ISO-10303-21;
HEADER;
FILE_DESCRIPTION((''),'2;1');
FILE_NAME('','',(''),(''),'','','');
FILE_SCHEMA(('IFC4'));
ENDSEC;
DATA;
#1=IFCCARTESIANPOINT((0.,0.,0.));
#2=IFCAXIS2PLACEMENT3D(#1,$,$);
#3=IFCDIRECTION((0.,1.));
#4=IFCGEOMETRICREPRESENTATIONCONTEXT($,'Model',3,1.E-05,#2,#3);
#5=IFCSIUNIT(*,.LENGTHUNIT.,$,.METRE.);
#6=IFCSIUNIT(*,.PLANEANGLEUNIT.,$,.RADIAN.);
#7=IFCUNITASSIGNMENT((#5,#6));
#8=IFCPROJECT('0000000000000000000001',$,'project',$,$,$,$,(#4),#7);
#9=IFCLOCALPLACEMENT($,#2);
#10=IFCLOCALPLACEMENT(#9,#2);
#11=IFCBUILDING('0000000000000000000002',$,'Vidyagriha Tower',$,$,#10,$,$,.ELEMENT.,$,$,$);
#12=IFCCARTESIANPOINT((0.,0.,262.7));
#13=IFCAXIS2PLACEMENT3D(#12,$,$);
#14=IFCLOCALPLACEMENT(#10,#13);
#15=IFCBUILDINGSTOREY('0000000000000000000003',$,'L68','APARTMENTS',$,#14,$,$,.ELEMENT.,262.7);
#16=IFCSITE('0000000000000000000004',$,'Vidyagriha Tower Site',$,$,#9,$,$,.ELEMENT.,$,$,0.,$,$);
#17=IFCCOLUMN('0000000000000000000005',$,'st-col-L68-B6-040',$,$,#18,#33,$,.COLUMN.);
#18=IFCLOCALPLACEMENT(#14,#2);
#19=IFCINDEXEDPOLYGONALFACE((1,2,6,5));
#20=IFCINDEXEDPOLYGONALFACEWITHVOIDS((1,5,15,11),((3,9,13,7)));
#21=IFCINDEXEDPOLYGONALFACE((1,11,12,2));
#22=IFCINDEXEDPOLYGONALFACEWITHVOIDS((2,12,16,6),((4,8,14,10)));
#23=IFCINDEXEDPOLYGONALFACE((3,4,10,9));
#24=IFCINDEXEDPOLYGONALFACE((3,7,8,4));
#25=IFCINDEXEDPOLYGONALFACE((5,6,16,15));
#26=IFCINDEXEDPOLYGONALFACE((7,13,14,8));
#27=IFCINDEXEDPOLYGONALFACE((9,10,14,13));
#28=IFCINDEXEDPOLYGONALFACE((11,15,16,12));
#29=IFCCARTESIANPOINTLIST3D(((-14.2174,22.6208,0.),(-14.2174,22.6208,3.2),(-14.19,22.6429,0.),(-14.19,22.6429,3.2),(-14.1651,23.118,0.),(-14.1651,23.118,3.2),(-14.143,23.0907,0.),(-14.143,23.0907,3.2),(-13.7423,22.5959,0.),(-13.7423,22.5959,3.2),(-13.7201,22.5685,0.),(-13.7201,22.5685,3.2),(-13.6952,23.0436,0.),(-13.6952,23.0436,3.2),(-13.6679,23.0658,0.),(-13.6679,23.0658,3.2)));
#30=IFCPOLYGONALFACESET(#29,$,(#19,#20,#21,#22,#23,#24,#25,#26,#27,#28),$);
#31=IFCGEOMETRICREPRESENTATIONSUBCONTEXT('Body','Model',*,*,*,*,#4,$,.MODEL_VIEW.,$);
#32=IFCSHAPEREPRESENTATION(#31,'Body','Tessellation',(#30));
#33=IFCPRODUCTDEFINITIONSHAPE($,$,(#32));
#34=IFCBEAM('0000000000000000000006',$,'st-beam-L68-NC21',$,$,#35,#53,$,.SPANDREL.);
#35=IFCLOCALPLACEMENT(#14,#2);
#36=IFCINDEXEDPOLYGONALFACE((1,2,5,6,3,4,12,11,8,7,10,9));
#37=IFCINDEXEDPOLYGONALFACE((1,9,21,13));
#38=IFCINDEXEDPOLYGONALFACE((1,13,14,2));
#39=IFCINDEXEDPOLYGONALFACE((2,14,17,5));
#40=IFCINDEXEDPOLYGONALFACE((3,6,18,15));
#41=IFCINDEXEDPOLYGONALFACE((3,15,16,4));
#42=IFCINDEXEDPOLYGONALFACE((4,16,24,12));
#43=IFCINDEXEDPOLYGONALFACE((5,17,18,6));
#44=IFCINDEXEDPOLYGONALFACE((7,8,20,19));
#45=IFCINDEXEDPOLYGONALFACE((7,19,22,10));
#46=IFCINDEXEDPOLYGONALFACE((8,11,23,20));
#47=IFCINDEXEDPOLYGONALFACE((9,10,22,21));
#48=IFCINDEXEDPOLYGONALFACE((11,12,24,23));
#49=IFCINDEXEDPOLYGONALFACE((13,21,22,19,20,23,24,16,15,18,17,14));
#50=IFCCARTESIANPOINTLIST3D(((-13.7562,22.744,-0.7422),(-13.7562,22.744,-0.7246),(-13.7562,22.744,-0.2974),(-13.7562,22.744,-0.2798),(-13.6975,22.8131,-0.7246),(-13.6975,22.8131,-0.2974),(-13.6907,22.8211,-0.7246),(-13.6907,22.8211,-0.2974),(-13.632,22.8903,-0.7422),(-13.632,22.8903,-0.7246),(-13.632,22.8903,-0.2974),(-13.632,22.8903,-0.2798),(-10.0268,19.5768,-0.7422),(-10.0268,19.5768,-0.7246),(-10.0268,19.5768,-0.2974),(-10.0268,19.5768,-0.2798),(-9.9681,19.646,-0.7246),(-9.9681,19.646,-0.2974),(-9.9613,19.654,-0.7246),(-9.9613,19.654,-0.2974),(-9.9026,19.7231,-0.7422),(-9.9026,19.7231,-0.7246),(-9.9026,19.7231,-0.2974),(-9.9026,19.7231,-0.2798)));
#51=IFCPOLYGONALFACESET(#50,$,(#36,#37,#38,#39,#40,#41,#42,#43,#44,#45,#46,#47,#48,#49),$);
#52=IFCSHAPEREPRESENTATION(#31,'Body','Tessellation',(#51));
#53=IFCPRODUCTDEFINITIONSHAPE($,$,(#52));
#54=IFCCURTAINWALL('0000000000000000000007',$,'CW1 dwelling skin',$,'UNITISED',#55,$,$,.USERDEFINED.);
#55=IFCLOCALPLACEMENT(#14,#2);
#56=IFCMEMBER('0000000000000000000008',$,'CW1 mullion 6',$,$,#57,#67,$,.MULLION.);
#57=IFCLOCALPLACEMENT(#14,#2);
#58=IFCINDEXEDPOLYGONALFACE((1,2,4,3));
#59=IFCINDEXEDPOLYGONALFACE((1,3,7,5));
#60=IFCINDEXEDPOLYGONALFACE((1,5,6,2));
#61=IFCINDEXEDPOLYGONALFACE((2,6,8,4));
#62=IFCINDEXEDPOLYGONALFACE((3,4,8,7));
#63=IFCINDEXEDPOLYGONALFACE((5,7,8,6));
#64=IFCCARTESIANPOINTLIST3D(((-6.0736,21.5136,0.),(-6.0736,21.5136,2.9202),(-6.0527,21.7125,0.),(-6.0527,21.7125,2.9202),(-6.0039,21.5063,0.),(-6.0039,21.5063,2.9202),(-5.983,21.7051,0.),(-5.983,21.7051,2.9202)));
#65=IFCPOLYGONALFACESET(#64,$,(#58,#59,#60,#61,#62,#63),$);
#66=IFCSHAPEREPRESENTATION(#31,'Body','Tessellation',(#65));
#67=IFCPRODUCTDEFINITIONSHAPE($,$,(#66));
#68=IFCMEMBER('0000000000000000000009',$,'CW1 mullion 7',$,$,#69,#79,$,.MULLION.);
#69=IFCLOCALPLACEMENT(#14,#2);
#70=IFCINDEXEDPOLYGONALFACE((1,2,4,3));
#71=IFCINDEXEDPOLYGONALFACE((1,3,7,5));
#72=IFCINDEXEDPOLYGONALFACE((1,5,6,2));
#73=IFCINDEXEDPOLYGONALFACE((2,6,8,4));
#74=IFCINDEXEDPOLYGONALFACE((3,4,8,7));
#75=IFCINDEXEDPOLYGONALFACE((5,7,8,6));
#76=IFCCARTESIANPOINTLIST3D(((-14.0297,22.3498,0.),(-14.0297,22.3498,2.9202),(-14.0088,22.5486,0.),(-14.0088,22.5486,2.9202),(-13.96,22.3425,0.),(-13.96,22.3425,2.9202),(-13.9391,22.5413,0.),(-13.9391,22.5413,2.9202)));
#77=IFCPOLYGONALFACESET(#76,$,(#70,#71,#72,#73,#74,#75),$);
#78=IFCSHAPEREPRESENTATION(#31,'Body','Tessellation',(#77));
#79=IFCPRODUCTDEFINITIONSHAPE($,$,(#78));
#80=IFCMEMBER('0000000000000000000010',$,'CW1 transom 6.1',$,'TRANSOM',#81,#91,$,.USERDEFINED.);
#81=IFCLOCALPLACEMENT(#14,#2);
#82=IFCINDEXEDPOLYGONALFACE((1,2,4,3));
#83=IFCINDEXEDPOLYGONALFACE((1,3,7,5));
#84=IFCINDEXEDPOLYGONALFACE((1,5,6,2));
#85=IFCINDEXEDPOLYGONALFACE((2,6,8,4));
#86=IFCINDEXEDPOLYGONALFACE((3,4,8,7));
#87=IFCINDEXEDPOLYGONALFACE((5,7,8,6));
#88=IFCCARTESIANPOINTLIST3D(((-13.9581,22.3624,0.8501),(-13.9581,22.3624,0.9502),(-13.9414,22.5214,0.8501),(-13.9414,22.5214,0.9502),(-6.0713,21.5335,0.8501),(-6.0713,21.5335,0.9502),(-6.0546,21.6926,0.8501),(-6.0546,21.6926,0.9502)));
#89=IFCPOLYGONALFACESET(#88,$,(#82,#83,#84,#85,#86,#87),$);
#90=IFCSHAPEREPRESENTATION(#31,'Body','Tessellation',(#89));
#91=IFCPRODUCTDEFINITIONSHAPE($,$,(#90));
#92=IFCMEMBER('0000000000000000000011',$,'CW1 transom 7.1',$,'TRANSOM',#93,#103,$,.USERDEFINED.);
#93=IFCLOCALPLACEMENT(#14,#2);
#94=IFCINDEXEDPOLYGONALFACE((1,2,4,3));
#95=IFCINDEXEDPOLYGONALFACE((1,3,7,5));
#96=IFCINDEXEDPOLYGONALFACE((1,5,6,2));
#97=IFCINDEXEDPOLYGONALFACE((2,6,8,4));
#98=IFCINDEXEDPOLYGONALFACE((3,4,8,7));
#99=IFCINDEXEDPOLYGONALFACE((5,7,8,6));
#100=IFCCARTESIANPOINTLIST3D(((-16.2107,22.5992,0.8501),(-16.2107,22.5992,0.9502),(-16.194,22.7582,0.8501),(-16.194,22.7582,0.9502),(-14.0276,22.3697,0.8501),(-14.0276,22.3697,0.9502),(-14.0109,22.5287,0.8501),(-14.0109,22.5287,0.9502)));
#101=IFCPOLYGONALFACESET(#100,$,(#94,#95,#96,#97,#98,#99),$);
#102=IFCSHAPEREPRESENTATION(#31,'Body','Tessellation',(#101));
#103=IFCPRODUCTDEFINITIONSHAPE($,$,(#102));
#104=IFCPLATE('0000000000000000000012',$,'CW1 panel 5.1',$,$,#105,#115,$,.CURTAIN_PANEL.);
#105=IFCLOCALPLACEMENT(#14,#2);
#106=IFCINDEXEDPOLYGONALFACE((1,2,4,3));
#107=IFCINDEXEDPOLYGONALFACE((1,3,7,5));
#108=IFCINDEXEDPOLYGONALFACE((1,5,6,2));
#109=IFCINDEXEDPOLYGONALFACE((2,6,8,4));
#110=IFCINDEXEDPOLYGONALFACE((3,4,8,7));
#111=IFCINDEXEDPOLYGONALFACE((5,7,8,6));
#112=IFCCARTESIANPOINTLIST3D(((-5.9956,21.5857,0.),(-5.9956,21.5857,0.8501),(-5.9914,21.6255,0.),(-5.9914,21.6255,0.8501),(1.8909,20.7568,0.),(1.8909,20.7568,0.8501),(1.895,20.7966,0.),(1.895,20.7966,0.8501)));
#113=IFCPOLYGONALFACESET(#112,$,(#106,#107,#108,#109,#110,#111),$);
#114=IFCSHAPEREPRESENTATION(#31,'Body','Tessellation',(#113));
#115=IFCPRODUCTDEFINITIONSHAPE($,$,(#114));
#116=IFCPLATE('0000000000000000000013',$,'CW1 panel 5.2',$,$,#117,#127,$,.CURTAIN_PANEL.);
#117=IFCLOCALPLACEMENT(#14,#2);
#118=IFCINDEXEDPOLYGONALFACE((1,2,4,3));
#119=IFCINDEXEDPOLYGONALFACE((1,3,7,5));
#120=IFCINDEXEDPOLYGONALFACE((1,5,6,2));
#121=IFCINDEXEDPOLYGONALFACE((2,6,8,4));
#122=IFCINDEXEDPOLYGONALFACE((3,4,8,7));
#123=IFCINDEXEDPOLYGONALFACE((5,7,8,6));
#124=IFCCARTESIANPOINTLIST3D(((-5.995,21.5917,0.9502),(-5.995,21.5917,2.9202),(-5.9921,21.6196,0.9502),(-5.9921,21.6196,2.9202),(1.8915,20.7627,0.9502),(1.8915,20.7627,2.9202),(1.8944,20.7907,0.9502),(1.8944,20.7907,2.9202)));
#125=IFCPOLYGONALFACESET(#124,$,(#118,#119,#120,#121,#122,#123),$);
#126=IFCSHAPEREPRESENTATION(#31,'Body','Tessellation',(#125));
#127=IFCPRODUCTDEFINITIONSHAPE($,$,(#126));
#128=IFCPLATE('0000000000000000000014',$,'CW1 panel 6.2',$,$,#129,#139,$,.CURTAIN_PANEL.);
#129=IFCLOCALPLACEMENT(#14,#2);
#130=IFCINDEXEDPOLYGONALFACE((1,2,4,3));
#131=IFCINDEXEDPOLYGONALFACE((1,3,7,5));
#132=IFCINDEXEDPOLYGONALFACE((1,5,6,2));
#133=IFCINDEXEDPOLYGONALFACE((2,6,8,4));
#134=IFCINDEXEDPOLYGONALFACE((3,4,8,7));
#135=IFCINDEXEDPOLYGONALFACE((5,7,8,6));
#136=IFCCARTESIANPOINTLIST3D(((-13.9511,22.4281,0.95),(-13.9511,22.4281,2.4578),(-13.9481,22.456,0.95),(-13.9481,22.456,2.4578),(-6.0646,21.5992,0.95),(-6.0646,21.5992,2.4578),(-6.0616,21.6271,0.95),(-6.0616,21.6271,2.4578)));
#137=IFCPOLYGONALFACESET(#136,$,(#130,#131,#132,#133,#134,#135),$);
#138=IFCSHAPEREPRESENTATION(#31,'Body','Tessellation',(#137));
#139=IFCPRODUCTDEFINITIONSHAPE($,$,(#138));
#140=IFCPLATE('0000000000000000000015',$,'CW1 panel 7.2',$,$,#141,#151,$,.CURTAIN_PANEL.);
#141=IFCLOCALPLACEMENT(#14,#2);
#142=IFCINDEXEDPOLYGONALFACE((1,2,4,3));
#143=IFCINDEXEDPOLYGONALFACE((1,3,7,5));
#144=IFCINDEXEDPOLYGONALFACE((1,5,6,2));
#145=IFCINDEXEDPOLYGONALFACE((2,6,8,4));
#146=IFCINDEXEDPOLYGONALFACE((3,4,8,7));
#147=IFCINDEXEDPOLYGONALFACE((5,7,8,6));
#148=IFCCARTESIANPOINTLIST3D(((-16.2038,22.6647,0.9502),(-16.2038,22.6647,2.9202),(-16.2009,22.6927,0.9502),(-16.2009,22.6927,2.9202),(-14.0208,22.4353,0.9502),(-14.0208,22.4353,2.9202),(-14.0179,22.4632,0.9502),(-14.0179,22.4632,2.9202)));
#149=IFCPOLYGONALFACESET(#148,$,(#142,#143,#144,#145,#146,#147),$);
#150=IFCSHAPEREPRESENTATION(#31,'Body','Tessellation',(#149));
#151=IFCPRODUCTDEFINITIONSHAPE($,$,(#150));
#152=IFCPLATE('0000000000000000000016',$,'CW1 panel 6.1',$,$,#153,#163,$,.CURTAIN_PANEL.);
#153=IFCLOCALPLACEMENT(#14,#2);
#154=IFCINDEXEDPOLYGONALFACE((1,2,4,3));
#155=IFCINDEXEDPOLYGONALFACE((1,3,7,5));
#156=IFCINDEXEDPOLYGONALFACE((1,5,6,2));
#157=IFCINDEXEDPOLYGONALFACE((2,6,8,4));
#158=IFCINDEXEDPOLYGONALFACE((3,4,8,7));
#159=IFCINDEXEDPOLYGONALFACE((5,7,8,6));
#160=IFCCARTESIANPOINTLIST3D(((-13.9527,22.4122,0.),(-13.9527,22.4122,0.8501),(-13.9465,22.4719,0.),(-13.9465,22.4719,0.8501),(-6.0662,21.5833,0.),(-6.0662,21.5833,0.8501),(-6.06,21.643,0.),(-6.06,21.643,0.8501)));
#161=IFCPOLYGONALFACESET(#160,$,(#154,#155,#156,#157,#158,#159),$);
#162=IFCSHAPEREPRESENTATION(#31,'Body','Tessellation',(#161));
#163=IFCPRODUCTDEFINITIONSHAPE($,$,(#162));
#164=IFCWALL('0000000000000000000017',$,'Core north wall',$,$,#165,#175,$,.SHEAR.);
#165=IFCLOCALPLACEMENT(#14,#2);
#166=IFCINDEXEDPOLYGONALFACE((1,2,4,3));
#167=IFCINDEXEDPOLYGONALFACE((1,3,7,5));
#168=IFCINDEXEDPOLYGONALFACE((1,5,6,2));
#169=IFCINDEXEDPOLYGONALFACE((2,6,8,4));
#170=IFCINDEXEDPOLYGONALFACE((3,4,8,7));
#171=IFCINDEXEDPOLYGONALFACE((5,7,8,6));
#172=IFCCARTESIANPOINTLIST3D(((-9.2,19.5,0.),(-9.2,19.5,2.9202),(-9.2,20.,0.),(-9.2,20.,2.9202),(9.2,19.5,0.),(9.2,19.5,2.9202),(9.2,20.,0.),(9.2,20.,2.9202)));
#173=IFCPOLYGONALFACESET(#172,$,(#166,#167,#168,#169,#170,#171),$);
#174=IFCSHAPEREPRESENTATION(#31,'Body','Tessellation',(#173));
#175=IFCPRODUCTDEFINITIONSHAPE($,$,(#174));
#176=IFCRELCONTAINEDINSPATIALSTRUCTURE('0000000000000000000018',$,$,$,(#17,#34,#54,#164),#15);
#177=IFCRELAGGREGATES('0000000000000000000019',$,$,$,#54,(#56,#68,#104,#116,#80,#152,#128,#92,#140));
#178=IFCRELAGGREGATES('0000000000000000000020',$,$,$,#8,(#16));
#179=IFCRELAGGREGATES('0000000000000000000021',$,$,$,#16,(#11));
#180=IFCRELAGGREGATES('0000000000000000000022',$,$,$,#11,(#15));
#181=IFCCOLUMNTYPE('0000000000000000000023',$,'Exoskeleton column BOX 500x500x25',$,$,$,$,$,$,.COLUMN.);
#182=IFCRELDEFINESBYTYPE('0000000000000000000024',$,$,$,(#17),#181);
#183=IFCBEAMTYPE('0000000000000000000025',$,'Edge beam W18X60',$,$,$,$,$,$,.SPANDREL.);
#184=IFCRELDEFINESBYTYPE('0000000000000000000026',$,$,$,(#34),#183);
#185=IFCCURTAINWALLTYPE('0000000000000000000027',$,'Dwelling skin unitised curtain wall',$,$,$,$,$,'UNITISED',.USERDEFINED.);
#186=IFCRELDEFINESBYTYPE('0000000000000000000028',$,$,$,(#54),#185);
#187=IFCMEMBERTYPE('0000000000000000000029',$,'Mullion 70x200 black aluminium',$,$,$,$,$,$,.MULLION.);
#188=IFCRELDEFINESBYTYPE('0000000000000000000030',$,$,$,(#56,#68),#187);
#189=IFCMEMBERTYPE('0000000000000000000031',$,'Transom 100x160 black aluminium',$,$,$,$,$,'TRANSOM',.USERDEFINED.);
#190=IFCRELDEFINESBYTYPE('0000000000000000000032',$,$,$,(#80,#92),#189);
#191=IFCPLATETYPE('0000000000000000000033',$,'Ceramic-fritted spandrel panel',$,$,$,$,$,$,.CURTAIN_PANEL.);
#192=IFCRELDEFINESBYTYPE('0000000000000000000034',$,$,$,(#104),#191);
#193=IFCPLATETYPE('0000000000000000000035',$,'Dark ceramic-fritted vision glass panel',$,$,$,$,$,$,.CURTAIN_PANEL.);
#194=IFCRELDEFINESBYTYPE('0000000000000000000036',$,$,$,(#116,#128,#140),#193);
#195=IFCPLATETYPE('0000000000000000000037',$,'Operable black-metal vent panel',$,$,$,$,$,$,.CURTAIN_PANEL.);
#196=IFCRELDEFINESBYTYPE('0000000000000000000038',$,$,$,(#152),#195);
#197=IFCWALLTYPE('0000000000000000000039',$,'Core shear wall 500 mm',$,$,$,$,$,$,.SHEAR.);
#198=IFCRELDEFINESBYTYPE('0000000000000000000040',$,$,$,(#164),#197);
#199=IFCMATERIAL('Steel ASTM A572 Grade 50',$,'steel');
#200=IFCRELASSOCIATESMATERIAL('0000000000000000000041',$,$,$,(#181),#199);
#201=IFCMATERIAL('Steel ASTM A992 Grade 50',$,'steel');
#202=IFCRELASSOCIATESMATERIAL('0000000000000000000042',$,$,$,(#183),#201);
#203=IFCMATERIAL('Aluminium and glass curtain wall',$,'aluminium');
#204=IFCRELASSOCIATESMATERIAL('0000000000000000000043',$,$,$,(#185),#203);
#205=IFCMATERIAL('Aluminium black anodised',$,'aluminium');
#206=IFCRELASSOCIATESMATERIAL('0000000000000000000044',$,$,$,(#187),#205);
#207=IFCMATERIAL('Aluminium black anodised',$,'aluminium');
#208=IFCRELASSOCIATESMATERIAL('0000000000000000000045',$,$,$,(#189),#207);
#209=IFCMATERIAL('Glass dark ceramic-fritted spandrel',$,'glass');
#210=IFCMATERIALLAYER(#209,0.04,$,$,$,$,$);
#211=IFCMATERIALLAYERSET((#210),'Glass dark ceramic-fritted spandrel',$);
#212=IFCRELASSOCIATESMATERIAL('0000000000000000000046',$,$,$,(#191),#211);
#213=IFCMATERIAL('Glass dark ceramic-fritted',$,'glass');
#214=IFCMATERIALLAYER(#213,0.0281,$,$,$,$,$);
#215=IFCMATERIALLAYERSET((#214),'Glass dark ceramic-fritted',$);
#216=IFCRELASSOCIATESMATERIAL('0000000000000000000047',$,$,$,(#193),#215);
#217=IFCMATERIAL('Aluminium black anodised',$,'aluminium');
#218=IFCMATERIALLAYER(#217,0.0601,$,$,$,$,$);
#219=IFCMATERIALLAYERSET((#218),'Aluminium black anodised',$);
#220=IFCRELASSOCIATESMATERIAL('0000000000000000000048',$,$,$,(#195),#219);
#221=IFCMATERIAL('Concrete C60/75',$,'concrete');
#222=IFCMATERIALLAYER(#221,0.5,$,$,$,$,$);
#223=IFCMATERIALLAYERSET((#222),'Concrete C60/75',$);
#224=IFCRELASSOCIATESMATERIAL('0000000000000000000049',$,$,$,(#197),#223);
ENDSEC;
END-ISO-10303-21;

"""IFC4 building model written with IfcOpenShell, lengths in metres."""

from ifc_helpers import new_model, si_unit, direction, frame, frame_2d, origin, origin_2d, place, context, subcontext, project, spatial, rectangle, hollow_rectangle, i_section, extrude, material, layer, layer_set, material_profile, profile_set, type_object, element, aggregate, save


model = new_model("IFC4")

# Units and contexts
model_context = context("Model", 3, precision=1e-05, world=origin(), true_north=direction((0.0, 1.0)))
body_context = subcontext(model_context, "Body", "Model", "MODEL_VIEW")
ifc_project = project(units=[si_unit("LENGTHUNIT", "METRE"), si_unit("PLANEANGLEUNIT", "RADIAN")], contexts=[model_context])

# Site, building, storey
site_placement = place(None, origin())
site = spatial("IfcSite", under=ifc_project, at=site_placement, Name="Vidyagriha Tower Site", CompositionType="ELEMENT", RefElevation=0.0)
building_placement = place(site_placement, origin())
building = spatial("IfcBuilding", under=site, at=building_placement, Name="Vidyagriha Tower", CompositionType="ELEMENT")
storey_placement = place(building_placement, frame((0.0, 0.0, 262.7)))
storey = spatial("IfcBuildingStorey", under=building, at=storey_placement, Name="L68", Description="APARTMENTS", CompositionType="ELEMENT", Elevation=262.7)

# Column
ifc_material_1 = material(Name="Steel ASTM A572 Grade 50", Category="steel")
ifc_material_profile_1 = material_profile(ifc_material_1, hollow_rectangle(XDim=0.5, YDim=0.5, WallThickness=0.0249, at=origin_2d()), Name="BOX 500x500x25")
ifc_profile_set_1 = profile_set([ifc_material_profile_1], Name="Steel ASTM A572 Grade 50")
column_type = type_object("IfcColumnType", Name="Exoskeleton column BOX 500x500x25", PredefinedType="COLUMN", material=ifc_profile_set_1)
column_placement = place(storey_placement, frame((-13.9426, 22.8433, 0.0), z_axis=(0.0, 0.0, 1.0), x_axis=(0.994522, -0.104528, 0.0)))
element("IfcColumn", 1, at=column_placement, inside=storey, type_object=column_type, Name="st-col-L68-B6-040", PredefinedType="COLUMN", context=body_context, shape_type="SweptSolid", body=[
    extrude(hollow_rectangle(XDim=0.5, YDim=0.5, WallThickness=0.0249, at=origin_2d()), origin(), (0.0, 0.0, 1.0), 3.2),
])

# Beam
ifc_material_2 = material(Name="Steel ASTM A992 Grade 50", Category="steel")
ifc_material_profile_2 = material_profile(ifc_material_2, i_section(OverallWidth=0.1919, OverallDepth=0.4624, WebThickness=0.0105, FlangeThickness=0.0176, at=origin_2d()), Name="W18X60")
ifc_profile_set_2 = profile_set([ifc_material_profile_2], Name="Steel ASTM A992 Grade 50")
beam_type = type_object("IfcBeamType", Name="Edge beam W18X60", PredefinedType="SPANDREL", material=ifc_profile_set_2)
beam_placement = place(storey_placement, frame((-13.6941, 22.8171, -0.511), z_axis=(0.762225, -0.647312, 0.0), x_axis=(0.647312, 0.762225, 0.0)))
element("IfcBeam", 2, at=beam_placement, inside=storey, type_object=beam_type, Name="st-beam-L68-NC21", PredefinedType="SPANDREL", context=body_context, shape_type="SweptSolid", body=[
    extrude(i_section(OverallWidth=0.1919, OverallDepth=0.4624, WebThickness=0.0105, FlangeThickness=0.0176, at=origin_2d()), origin(), (0.0, 0.0, 1.0), 4.8928),
])

# Curtain wall, members, plates
ifc_material_3 = material(Name="Aluminium and glass curtain wall", Category="aluminium")
curtain_wall_type = type_object("IfcCurtainWallType", Name="Dwelling skin unitised curtain wall", ElementType="UNITISED", PredefinedType="USERDEFINED", material=ifc_material_3)
curtain_wall_placement = place(storey_placement, origin())
curtain_wall = element("IfcCurtainWall", 3, at=curtain_wall_placement, inside=storey, type_object=curtain_wall_type, Name="CW1 dwelling skin", ObjectType="UNITISED", PredefinedType="USERDEFINED")
ifc_material_4 = material(Name="Aluminium black anodised", Category="aluminium")
ifc_material_profile_3 = material_profile(ifc_material_4, rectangle(XDim=0.2, YDim=0.0701, at=origin_2d()), Name="Mullion 70x200 black aluminium")
ifc_profile_set_3 = profile_set([ifc_material_profile_3], Name="Aluminium black anodised")
member_type_1 = type_object("IfcMemberType", Name="Mullion 70x200 black aluminium", PredefinedType="MULLION", material=ifc_profile_set_3)
member_1_placement = place(storey_placement, frame((-6.0283, 21.6094, 0.0), z_axis=(0.0, 0.0, 1.0), x_axis=(-0.104529, -0.994522, 0.0)))
member_1 = element("IfcMember", 4, at=member_1_placement, type_object=member_type_1, Name="CW1 mullion 6", PredefinedType="MULLION", context=body_context, shape_type="SweptSolid", body=[
    extrude(rectangle(XDim=0.2, YDim=0.0701, at=origin_2d()), origin(), (0.0, 0.0, 1.0), 2.9202),
])
member_2_placement = place(storey_placement, frame((-13.9844, 22.4456, 0.0), z_axis=(0.0, 0.0, 1.0), x_axis=(-0.104529, -0.994522, 0.0)))
member_2 = element("IfcMember", 5, at=member_2_placement, type_object=member_type_1, Name="CW1 mullion 7", PredefinedType="MULLION", context=body_context, shape_type="SweptSolid", body=[
    extrude(rectangle(XDim=0.2, YDim=0.0701, at=origin_2d()), origin(), (0.0, 0.0, 1.0), 2.9202),
])
ifc_material_5 = material(Name="Aluminium black anodised", Category="aluminium")
ifc_material_profile_4 = material_profile(ifc_material_5, rectangle(XDim=0.1599, YDim=0.1001, at=origin_2d()), Name="Transom 100x160 black aluminium")
ifc_profile_set_4 = profile_set([ifc_material_profile_4], Name="Aluminium black anodised")
member_type_2 = type_object("IfcMemberType", Name="Transom 100x160 black aluminium", ElementType="TRANSOM", PredefinedType="USERDEFINED", material=ifc_profile_set_4)
member_3_placement = place(storey_placement, frame((-6.063, 21.613, 0.9001), z_axis=(-0.994523, 0.10452, 0.0), x_axis=(-0.10452, -0.994523, 0.0)))
member_3 = element("IfcMember", 6, at=member_3_placement, type_object=member_type_2, Name="CW1 transom 6.1", ObjectType="TRANSOM", PredefinedType="USERDEFINED", context=body_context, shape_type="SweptSolid", body=[
    extrude(rectangle(XDim=0.1599, YDim=0.1001, at=origin_2d()), origin(), (0.0, 0.0, 1.0), 7.9302),
])
member_4_placement = place(storey_placement, frame((-14.0193, 22.4492, 0.9001), z_axis=(-0.99452, 0.104546, 0.0), x_axis=(-0.104546, -0.99452, 0.0)))
member_4 = element("IfcMember", 7, at=member_4_placement, type_object=member_type_2, Name="CW1 transom 7.1", ObjectType="TRANSOM", PredefinedType="USERDEFINED", context=body_context, shape_type="SweptSolid", body=[
    extrude(rectangle(XDim=0.1599, YDim=0.1001, at=origin_2d()), origin(), (0.0, 0.0, 1.0), 2.1951),
])
ifc_material_6 = material(Name="Glass dark ceramic-fritted spandrel", Category="glass")
ifc_layer_1 = layer(ifc_material_6, 0.04)
ifc_layer_set_1 = layer_set([ifc_layer_1], Name="Glass dark ceramic-fritted spandrel")
plate_type_1 = type_object("IfcPlateType", Name="Ceramic-fritted spandrel panel", PredefinedType="CURTAIN_PANEL", material=ifc_layer_set_1)
plate_1_placement = place(storey_placement, frame((-2.0503, 21.1912, 0.0), z_axis=(0.0, 0.0, 1.0), x_axis=(-0.994522, 0.104529, 0.0)))
plate_1 = element("IfcPlate", 8, at=plate_1_placement, type_object=plate_type_1, Name="CW1 panel 5.1", PredefinedType="CURTAIN_PANEL", context=body_context, shape_type="SweptSolid", body=[
    extrude(rectangle(XDim=7.9299, YDim=0.04, at=origin_2d()), origin(), (0.0, 0.0, 1.0), 0.8501),
])
ifc_material_7 = material(Name="Glass dark ceramic-fritted", Category="glass")
ifc_layer_2 = layer(ifc_material_7, 0.0281)
ifc_layer_set_2 = layer_set([ifc_layer_2], Name="Glass dark ceramic-fritted")
plate_type_2 = type_object("IfcPlateType", Name="Dark ceramic-fritted vision glass panel", PredefinedType="CURTAIN_PANEL", material=ifc_layer_set_2)
plate_2_placement = place(storey_placement, frame((-2.0503, 21.1912, 0.9502), z_axis=(0.0, 0.0, 1.0), x_axis=(-0.994522, 0.104529, 0.0)))
plate_2 = element("IfcPlate", 9, at=plate_2_placement, type_object=plate_type_2, Name="CW1 panel 5.2", PredefinedType="CURTAIN_PANEL", context=body_context, shape_type="SweptSolid", body=[
    extrude(rectangle(XDim=7.9299, YDim=0.0281, at=origin_2d()), origin(), (0.0, 0.0, 1.0), 1.97),
])
plate_3_placement = place(storey_placement, frame((-10.0063, 22.0276, 0.95), z_axis=(0.0, 0.0, 1.0), x_axis=(-0.994522, 0.104529, 0.0)))
plate_3 = element("IfcPlate", 10, at=plate_3_placement, type_object=plate_type_2, Name="CW1 panel 6.2", PredefinedType="CURTAIN_PANEL", context=body_context, shape_type="SweptSolid", body=[
    extrude(rectangle(XDim=7.9299, YDim=0.0281, at=origin_2d()), origin(), (0.0, 0.0, 1.0), 1.5078),
])
plate_4_placement = place(storey_placement, frame((-15.1108, 22.564, 0.9502), z_axis=(0.0, 0.0, 1.0), x_axis=(-0.994522, 0.104529, 0.0)))
plate_4 = element("IfcPlate", 11, at=plate_4_placement, type_object=plate_type_2, Name="CW1 panel 7.2", PredefinedType="CURTAIN_PANEL", context=body_context, shape_type="SweptSolid", body=[
    extrude(rectangle(XDim=2.1951, YDim=0.0281, at=origin_2d()), origin(), (0.0, 0.0, 1.0), 1.97),
])
ifc_material_8 = material(Name="Aluminium black anodised", Category="aluminium")
ifc_layer_3 = layer(ifc_material_8, 0.0601)
ifc_layer_set_3 = layer_set([ifc_layer_3], Name="Aluminium black anodised")
plate_type_3 = type_object("IfcPlateType", Name="Operable black-metal vent panel", PredefinedType="CURTAIN_PANEL", material=ifc_layer_set_3)
plate_5_placement = place(storey_placement, frame((-10.0063, 22.0276, 0.0), z_axis=(0.0, 0.0, 1.0), x_axis=(-0.994522, 0.104529, 0.0)))
plate_5 = element("IfcPlate", 12, at=plate_5_placement, type_object=plate_type_3, Name="CW1 panel 6.1", PredefinedType="CURTAIN_PANEL", context=body_context, shape_type="SweptSolid", body=[
    extrude(rectangle(XDim=7.9299, YDim=0.0601, at=origin_2d()), origin(), (0.0, 0.0, 1.0), 0.8501),
])
aggregate(curtain_wall, [member_1, member_2, plate_1, plate_2, member_3, plate_5, plate_3, member_4, plate_4])

# Wall
ifc_material_9 = material(Name="Concrete C60/75", Category="concrete")
ifc_layer_4 = layer(ifc_material_9, 0.5)
ifc_layer_set_4 = layer_set([ifc_layer_4], Name="Concrete C60/75")
wall_type = type_object("IfcWallType", Name="Core shear wall 500 mm", PredefinedType="SHEAR", material=ifc_layer_set_4)
wall_placement = place(storey_placement, frame((-9.2, 19.75, 0.0)))
element("IfcWall", 13, at=wall_placement, inside=storey, type_object=wall_type, Name="Core north wall", PredefinedType="SHEAR", context=body_context, shape_type="SweptSolid", body=[
    extrude(rectangle(XDim=18.3999, YDim=0.5, at=frame_2d((9.2, 0.0))), origin(), (0.0, 0.0, 1.0), 2.9202),
])

save(model, "model.ifc")
